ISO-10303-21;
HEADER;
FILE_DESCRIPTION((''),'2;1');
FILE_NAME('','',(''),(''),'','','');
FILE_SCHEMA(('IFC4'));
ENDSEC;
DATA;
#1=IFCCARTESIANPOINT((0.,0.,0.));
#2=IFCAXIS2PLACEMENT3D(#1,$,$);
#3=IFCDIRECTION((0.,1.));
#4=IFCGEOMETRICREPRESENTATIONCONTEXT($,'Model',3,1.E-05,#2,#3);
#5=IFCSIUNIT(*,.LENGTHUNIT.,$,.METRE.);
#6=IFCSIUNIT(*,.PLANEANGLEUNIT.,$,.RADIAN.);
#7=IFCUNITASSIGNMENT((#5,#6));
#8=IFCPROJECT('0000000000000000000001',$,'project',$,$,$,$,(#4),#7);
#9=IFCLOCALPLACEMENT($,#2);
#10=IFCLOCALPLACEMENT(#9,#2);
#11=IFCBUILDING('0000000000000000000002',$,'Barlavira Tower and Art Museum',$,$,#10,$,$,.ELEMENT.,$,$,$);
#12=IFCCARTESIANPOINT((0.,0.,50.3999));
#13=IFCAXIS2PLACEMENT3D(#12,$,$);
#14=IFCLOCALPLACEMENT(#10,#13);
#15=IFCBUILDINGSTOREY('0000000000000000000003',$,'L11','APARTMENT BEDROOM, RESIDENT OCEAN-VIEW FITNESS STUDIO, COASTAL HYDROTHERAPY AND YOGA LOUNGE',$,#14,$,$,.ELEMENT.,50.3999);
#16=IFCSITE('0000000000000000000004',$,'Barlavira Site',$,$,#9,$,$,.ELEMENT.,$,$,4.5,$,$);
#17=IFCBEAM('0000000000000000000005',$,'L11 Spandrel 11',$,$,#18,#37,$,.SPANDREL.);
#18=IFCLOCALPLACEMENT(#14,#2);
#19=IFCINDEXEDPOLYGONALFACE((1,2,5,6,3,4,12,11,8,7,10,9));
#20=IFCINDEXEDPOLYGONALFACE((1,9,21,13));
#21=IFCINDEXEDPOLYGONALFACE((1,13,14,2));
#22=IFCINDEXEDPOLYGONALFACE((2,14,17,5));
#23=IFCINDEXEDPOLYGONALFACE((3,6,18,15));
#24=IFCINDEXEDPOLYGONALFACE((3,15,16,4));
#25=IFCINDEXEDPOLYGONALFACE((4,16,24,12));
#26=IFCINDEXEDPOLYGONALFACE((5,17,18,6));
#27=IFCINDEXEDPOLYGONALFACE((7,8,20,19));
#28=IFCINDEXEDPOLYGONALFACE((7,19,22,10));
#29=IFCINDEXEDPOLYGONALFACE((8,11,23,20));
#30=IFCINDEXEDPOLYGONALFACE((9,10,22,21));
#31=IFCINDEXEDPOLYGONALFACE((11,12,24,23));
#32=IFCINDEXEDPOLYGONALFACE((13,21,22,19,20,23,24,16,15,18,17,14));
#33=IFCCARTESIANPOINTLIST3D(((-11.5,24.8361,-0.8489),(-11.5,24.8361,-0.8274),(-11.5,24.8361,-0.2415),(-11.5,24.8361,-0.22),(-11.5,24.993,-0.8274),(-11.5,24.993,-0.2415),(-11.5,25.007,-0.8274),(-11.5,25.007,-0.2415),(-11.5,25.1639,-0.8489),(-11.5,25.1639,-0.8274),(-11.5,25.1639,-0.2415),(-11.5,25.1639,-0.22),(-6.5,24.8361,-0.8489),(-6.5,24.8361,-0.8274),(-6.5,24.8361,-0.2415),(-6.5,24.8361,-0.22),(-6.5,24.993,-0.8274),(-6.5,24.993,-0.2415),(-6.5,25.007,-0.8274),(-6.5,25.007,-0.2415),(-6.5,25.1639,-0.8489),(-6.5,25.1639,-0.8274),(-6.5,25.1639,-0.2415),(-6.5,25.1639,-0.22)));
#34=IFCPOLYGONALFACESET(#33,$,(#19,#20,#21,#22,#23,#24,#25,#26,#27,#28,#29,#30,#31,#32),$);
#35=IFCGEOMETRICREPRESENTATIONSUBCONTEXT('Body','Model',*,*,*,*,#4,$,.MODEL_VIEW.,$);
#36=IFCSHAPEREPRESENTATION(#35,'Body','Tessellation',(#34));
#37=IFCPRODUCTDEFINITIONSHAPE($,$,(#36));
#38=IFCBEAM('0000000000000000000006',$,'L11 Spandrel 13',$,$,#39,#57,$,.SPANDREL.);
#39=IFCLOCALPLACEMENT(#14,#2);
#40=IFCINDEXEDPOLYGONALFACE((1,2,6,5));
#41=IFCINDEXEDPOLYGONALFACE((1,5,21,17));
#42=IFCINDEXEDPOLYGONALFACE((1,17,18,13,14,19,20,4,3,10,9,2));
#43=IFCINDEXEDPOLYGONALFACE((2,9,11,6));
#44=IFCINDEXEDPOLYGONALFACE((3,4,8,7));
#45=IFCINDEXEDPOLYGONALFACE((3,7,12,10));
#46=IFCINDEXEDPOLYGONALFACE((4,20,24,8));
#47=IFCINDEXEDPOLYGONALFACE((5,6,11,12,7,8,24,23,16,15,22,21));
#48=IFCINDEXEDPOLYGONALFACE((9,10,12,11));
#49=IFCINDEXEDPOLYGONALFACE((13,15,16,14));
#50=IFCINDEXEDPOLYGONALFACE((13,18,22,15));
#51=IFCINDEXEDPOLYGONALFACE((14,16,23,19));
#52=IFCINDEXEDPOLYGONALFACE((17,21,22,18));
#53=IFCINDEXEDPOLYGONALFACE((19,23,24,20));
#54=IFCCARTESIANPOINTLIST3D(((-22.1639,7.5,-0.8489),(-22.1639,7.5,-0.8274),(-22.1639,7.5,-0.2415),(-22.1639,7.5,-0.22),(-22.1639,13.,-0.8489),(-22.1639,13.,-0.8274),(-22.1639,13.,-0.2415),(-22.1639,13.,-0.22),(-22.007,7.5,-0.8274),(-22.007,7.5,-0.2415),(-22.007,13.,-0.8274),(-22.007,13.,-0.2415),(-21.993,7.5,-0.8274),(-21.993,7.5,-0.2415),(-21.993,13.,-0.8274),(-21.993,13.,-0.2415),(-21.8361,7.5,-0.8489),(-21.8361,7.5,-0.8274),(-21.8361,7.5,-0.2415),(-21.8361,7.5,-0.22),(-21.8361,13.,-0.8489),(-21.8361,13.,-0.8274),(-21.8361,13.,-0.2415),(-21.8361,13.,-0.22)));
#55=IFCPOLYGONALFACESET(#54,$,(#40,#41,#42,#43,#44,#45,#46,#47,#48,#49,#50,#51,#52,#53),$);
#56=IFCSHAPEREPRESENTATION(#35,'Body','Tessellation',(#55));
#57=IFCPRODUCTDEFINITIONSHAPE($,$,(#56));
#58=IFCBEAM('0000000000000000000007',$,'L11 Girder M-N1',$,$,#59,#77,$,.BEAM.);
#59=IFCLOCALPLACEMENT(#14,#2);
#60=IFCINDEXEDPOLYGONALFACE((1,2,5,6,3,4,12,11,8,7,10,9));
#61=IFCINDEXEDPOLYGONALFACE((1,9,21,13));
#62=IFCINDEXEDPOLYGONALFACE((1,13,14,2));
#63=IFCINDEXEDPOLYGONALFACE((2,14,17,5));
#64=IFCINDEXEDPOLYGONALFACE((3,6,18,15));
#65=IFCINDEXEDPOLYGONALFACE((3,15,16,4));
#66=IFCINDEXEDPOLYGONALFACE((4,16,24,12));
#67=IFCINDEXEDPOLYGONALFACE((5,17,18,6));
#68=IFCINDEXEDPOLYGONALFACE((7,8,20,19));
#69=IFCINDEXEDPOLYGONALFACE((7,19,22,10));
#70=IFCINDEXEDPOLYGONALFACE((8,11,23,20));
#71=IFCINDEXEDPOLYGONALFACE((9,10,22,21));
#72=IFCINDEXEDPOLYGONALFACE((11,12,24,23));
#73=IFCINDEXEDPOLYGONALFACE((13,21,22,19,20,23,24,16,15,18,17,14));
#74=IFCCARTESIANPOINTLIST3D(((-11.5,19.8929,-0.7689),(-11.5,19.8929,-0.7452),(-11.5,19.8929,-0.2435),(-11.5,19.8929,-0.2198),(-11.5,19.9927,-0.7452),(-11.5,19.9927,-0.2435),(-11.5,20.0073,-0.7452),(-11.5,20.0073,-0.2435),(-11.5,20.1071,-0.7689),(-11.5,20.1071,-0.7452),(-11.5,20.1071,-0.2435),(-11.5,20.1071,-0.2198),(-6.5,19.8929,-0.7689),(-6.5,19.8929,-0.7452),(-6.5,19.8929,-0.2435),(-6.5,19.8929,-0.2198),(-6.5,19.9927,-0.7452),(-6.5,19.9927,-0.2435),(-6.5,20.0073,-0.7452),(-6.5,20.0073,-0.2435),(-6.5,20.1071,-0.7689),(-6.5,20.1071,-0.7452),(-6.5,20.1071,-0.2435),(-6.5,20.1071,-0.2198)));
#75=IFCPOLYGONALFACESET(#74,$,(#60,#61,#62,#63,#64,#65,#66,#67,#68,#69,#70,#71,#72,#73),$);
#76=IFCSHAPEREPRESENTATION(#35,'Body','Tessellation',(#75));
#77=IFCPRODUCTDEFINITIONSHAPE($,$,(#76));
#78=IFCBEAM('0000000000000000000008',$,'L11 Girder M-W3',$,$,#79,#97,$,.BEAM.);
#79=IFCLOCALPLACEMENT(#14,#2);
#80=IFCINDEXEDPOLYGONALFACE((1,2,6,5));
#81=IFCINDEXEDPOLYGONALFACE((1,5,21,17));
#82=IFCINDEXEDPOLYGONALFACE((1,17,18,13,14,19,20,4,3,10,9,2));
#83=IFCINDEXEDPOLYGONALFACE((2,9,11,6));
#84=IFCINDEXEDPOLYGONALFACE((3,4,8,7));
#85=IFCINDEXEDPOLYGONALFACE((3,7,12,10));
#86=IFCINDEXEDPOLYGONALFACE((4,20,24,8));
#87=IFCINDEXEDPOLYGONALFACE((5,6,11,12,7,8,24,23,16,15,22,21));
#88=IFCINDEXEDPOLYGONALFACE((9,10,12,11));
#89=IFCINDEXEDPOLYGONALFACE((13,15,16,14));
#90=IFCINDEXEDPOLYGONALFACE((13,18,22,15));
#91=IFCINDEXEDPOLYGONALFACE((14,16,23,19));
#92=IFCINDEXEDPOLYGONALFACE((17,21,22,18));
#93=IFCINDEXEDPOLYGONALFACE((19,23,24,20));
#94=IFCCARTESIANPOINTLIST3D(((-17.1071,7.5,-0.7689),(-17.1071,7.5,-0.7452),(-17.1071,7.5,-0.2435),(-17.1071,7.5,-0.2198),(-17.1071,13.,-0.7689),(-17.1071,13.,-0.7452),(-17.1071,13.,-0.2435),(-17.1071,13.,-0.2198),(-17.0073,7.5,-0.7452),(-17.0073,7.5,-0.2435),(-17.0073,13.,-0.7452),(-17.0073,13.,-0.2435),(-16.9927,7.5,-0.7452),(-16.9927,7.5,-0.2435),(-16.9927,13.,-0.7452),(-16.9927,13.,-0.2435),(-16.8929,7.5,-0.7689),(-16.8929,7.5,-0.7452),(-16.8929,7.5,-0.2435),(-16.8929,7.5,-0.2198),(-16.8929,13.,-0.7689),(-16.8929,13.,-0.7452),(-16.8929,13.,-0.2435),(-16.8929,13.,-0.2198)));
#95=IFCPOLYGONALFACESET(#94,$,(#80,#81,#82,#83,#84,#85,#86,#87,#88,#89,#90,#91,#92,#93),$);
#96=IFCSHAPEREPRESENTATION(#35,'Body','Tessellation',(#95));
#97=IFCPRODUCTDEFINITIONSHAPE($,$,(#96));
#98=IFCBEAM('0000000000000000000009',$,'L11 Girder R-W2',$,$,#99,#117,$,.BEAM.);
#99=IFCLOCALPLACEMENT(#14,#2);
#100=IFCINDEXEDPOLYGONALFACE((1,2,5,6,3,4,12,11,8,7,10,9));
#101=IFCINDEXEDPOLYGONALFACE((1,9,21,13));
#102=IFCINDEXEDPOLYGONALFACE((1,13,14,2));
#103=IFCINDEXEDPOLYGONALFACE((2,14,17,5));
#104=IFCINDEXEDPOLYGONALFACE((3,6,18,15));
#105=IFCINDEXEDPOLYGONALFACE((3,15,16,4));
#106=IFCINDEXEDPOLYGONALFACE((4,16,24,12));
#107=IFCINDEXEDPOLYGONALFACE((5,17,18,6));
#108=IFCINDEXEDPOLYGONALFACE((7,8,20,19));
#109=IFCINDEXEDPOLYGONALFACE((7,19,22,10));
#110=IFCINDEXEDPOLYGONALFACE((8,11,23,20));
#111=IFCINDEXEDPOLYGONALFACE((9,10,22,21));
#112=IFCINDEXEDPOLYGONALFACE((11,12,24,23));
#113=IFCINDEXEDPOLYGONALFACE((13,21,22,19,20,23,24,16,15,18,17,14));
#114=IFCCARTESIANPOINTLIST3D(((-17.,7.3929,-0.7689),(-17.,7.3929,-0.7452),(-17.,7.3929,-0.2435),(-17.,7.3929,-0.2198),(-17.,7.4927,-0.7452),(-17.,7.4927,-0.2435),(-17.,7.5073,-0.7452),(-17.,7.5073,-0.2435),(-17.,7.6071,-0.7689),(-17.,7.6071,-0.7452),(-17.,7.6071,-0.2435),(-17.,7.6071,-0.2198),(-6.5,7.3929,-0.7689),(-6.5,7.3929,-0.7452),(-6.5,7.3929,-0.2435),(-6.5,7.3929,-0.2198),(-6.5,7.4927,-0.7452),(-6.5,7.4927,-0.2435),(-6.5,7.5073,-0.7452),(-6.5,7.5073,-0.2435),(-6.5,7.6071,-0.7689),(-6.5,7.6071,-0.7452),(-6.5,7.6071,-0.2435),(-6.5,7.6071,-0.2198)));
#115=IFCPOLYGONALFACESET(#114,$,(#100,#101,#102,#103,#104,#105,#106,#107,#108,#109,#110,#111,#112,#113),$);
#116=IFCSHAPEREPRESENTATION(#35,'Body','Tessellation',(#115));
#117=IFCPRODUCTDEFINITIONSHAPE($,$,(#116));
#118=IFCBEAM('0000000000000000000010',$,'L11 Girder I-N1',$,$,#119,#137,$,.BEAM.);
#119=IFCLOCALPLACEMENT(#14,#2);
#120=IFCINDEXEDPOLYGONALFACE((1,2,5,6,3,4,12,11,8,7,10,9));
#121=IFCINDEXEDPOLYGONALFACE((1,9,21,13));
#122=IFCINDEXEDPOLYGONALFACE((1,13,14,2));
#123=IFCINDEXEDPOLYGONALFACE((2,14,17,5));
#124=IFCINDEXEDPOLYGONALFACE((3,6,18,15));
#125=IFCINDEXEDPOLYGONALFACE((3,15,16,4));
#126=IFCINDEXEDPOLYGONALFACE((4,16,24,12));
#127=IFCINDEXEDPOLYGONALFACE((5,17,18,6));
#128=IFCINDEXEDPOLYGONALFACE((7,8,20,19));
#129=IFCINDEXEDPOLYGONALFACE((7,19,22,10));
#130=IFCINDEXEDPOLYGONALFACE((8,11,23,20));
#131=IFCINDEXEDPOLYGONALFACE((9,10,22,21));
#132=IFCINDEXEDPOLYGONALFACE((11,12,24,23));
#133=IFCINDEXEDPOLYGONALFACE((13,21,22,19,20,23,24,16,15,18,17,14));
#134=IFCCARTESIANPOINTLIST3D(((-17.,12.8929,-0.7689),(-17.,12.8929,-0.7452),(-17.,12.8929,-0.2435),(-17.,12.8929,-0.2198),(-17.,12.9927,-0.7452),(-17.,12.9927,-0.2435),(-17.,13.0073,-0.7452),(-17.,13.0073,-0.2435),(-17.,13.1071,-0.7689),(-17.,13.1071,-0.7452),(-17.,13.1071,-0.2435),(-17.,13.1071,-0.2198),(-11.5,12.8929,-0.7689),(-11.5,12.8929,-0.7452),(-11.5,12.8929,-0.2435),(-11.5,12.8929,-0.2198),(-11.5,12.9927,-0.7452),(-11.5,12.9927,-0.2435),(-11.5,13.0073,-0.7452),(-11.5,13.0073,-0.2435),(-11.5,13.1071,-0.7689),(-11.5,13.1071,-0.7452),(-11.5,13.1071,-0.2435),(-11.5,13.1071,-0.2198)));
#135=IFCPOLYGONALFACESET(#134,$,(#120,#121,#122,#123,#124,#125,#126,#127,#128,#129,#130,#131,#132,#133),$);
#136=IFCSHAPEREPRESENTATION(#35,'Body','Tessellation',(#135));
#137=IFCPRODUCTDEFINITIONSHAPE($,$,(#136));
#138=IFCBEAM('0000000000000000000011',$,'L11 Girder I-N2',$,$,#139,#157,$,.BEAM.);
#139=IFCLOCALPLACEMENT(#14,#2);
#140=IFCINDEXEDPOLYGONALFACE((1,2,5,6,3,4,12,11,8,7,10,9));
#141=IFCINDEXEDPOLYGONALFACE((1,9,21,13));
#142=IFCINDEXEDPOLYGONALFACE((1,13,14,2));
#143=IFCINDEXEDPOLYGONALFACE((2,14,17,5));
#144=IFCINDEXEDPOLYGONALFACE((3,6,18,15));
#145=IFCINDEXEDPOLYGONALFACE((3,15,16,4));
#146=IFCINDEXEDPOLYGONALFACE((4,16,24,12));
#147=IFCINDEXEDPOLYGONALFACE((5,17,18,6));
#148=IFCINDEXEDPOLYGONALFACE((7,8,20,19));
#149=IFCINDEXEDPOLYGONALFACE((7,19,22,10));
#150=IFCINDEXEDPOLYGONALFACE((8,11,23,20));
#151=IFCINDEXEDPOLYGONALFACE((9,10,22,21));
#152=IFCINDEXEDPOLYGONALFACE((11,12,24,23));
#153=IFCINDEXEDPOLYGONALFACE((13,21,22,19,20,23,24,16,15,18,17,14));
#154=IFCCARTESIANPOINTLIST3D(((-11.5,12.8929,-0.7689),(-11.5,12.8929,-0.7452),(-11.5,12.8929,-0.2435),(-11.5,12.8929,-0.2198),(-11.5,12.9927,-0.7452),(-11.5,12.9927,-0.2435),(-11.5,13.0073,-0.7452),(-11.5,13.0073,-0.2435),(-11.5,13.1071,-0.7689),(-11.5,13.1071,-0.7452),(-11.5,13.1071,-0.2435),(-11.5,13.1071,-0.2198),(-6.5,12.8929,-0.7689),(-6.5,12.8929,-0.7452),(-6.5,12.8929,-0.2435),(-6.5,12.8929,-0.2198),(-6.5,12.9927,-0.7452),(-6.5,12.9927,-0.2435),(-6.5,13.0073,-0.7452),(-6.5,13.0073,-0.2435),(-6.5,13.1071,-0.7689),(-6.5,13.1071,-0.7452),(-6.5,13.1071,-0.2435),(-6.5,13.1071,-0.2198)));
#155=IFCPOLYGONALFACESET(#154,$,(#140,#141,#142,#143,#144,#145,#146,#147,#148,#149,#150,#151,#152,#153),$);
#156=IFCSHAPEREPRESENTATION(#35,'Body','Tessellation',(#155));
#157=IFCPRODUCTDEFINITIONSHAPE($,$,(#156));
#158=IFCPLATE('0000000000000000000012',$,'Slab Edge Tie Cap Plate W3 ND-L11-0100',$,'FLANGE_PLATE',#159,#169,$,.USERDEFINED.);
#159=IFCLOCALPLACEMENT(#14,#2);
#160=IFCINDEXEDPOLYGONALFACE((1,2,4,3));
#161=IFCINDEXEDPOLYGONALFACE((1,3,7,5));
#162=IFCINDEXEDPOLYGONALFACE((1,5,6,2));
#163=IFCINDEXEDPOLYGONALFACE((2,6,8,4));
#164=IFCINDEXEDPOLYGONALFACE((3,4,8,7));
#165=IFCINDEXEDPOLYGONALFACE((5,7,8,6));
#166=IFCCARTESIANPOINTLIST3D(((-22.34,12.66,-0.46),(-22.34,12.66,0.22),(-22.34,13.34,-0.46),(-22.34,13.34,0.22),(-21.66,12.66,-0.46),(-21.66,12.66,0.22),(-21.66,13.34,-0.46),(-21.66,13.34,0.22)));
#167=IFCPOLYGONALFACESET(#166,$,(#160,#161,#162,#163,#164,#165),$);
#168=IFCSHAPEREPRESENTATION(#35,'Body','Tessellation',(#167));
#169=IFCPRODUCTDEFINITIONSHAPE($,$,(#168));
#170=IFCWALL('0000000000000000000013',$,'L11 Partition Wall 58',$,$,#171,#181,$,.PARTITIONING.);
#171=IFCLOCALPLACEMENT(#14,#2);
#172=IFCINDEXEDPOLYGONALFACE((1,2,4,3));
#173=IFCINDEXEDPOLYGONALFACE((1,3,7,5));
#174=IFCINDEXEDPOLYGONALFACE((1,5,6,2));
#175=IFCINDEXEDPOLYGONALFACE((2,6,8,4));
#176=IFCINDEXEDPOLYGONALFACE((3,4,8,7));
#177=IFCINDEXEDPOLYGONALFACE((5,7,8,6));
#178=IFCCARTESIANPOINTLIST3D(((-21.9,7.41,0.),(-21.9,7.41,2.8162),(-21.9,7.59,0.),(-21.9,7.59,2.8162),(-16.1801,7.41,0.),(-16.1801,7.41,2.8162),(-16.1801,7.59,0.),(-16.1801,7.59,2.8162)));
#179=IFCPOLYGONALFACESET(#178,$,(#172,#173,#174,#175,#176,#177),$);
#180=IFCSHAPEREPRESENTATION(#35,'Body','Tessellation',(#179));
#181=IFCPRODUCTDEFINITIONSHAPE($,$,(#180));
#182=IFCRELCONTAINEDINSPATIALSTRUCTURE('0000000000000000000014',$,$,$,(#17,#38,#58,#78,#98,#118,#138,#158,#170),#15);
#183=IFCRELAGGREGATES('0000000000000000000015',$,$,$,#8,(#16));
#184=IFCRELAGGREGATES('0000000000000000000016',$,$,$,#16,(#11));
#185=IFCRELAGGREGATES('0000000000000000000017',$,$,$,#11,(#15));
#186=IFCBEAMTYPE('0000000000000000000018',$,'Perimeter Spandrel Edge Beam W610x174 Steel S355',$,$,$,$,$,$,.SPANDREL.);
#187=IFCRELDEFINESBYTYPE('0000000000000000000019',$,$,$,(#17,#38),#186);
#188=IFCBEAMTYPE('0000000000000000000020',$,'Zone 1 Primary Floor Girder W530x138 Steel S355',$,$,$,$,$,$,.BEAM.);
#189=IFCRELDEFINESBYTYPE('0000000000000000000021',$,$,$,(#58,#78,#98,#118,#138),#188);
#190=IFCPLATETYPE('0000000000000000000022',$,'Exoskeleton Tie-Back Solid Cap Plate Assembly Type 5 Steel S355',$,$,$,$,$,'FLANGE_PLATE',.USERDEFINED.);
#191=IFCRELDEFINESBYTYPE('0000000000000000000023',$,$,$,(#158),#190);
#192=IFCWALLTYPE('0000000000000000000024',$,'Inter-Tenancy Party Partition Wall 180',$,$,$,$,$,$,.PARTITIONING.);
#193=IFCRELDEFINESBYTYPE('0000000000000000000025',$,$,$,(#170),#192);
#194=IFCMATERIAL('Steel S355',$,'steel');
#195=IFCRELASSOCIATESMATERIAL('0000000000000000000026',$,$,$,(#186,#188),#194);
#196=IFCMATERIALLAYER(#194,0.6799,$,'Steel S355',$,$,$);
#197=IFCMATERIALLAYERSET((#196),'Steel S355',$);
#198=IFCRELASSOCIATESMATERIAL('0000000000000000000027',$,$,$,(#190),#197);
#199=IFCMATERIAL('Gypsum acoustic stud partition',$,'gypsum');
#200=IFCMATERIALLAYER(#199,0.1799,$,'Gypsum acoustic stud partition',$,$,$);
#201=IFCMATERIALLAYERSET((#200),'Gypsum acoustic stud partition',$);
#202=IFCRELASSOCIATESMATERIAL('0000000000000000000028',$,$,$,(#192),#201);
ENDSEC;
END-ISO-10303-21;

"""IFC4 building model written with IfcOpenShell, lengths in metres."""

from ifc_helpers import new_model, si_unit, direction, frame, frame_2d, origin, origin_2d, place, context, subcontext, project, spatial, rectangle, i_section, extrude, material, layer, layer_set, material_profile, profile_set, type_object, element, save


model = new_model("IFC4")

# Units and contexts
model_context = context("Model", 3, precision=1e-05, world=origin(), true_north=direction((0.0, 1.0)))
body_context = subcontext(model_context, "Body", "Model", "MODEL_VIEW")
ifc_project = project(units=[si_unit("LENGTHUNIT", "METRE"), si_unit("PLANEANGLEUNIT", "RADIAN")], contexts=[model_context])

# Site, building, storey
site_placement = place(None, origin())
site = spatial("IfcSite", under=ifc_project, at=site_placement, Name="Barlavira Site", CompositionType="ELEMENT", RefElevation=4.5)
building_placement = place(site_placement, origin())
building = spatial("IfcBuilding", under=site, at=building_placement, Name="Barlavira Tower and Art Museum", CompositionType="ELEMENT")
storey_placement = place(building_placement, frame((0.0, 0.0, 50.3999)))
storey = spatial("IfcBuildingStorey", under=building, at=storey_placement, Name="L11", Description="APARTMENT BEDROOM, RESIDENT OCEAN-VIEW FITNESS STUDIO, COASTAL HYDROTHERAPY AND YOGA LOUNGE", CompositionType="ELEMENT", Elevation=50.3999)

# Shared definitions
ifc_material_1 = material(Name="Steel S355", Category="steel")

# Beams
ifc_material_profile_1 = material_profile(ifc_material_1, i_section(OverallWidth=0.3279, OverallDepth=0.6289, WebThickness=0.0139, FlangeThickness=0.0215, at=origin_2d()), Name="W610x174.0")
ifc_profile_set_1 = profile_set([ifc_material_profile_1], Name="Steel S355")
beam_type_1 = type_object("IfcBeamType", Name="Perimeter Spandrel Edge Beam W610x174 Steel S355", PredefinedType="SPANDREL", material=ifc_profile_set_1)
beam_1_placement = place(storey_placement, frame((-11.5, 25.0, -0.5344), z_axis=(1.0, 0.0, 0.0), x_axis=(0.0, 1.0, 0.0)))
element("IfcBeam", 1, at=beam_1_placement, inside=storey, type_object=beam_type_1, Name="L11 Spandrel 11", PredefinedType="SPANDREL", context=body_context, shape_type="SweptSolid", body=[
    extrude(i_section(OverallWidth=0.3279, OverallDepth=0.6289, WebThickness=0.0139, FlangeThickness=0.0215, at=origin_2d()), origin(), (0.0, 0.0, 1.0), 5.0),
])
beam_2_placement = place(storey_placement, frame((-22.0, 7.5, -0.5344), z_axis=(0.0, 1.0, 0.0), x_axis=(-1.0, 0.0, 0.0)))
element("IfcBeam", 2, at=beam_2_placement, inside=storey, type_object=beam_type_1, Name="L11 Spandrel 13", PredefinedType="SPANDREL", context=body_context, shape_type="SweptSolid", body=[
    extrude(i_section(OverallWidth=0.3279, OverallDepth=0.6289, WebThickness=0.0139, FlangeThickness=0.0215, at=origin_2d()), origin(), (0.0, 0.0, 1.0), 5.5),
])
ifc_material_profile_2 = material_profile(ifc_material_1, i_section(OverallWidth=0.2141, OverallDepth=0.5491, WebThickness=0.0146, FlangeThickness=0.0237, at=origin_2d()), Name="W530x138.0")
ifc_profile_set_2 = profile_set([ifc_material_profile_2], Name="Steel S355")
beam_type_2 = type_object("IfcBeamType", Name="Zone 1 Primary Floor Girder W530x138 Steel S355", PredefinedType="BEAM", material=ifc_profile_set_2)
beam_3_placement = place(storey_placement, frame((-11.5, 20.0, -0.4944), z_axis=(1.0, 0.0, 0.0), x_axis=(0.0, 1.0, 0.0)))
element("IfcBeam", 3, at=beam_3_placement, inside=storey, type_object=beam_type_2, Name="L11 Girder M-N1", PredefinedType="BEAM", context=body_context, shape_type="SweptSolid", body=[
    extrude(i_section(OverallWidth=0.2141, OverallDepth=0.5491, WebThickness=0.0146, FlangeThickness=0.0237, at=origin_2d()), origin(), (0.0, 0.0, 1.0), 5.0),
])
beam_4_placement = place(storey_placement, frame((-17.0, 7.5, -0.4944), z_axis=(0.0, 1.0, 0.0), x_axis=(-1.0, 0.0, 0.0)))
element("IfcBeam", 4, at=beam_4_placement, inside=storey, type_object=beam_type_2, Name="L11 Girder M-W3", PredefinedType="BEAM", context=body_context, shape_type="SweptSolid", body=[
    extrude(i_section(OverallWidth=0.2141, OverallDepth=0.5491, WebThickness=0.0146, FlangeThickness=0.0237, at=origin_2d()), origin(), (0.0, 0.0, 1.0), 5.5),
])
beam_5_placement = place(storey_placement, frame((-17.0, 7.5, -0.4944), z_axis=(1.0, 0.0, 0.0), x_axis=(0.0, 1.0, 0.0)))
element("IfcBeam", 5, at=beam_5_placement, inside=storey, type_object=beam_type_2, Name="L11 Girder R-W2", PredefinedType="BEAM", context=body_context, shape_type="SweptSolid", body=[
    extrude(i_section(OverallWidth=0.2141, OverallDepth=0.5491, WebThickness=0.0146, FlangeThickness=0.0237, at=origin_2d()), origin(), (0.0, 0.0, 1.0), 10.5),
])
beam_6_placement = place(storey_placement, frame((-17.0, 13.0, -0.4944), z_axis=(1.0, 0.0, 0.0), x_axis=(0.0, 1.0, 0.0)))
element("IfcBeam", 6, at=beam_6_placement, inside=storey, type_object=beam_type_2, Name="L11 Girder I-N1", PredefinedType="BEAM", context=body_context, shape_type="SweptSolid", body=[
    extrude(i_section(OverallWidth=0.2141, OverallDepth=0.5491, WebThickness=0.0146, FlangeThickness=0.0237, at=origin_2d()), origin(), (0.0, 0.0, 1.0), 5.5),
])
beam_7_placement = place(storey_placement, frame((-11.5, 13.0, -0.4944), z_axis=(1.0, 0.0, 0.0), x_axis=(0.0, 1.0, 0.0)))
element("IfcBeam", 7, at=beam_7_placement, inside=storey, type_object=beam_type_2, Name="L11 Girder I-N2", PredefinedType="BEAM", context=body_context, shape_type="SweptSolid", body=[
    extrude(i_section(OverallWidth=0.2141, OverallDepth=0.5491, WebThickness=0.0146, FlangeThickness=0.0237, at=origin_2d()), origin(), (0.0, 0.0, 1.0), 5.0),
])

# Plate
ifc_layer_1 = layer(ifc_material_1, 0.6799, Name="Steel S355")
ifc_layer_set_1 = layer_set([ifc_layer_1], Name="Steel S355")
plate_type = type_object("IfcPlateType", Name="Exoskeleton Tie-Back Solid Cap Plate Assembly Type 5 Steel S355", ElementType="FLANGE_PLATE", PredefinedType="USERDEFINED", material=ifc_layer_set_1)
plate_placement = place(storey_placement, frame((-22.0, 13.0, -0.46), z_axis=(0.0, 0.0, 1.0), x_axis=(1.0, 0.0, 0.0)))
element("IfcPlate", 8, at=plate_placement, inside=storey, type_object=plate_type, Name="Slab Edge Tie Cap Plate W3 ND-L11-0100", ObjectType="FLANGE_PLATE", PredefinedType="USERDEFINED", context=body_context, shape_type="SweptSolid", body=[
    extrude(rectangle(XDim=0.6799, YDim=0.6799, at=origin_2d()), origin(), (0.0, 0.0, 1.0), 0.6799),
])

# Wall
ifc_material_2 = material(Name="Gypsum acoustic stud partition", Category="gypsum")
ifc_layer_2 = layer(ifc_material_2, 0.1799, Name="Gypsum acoustic stud partition")
ifc_layer_set_2 = layer_set([ifc_layer_2], Name="Gypsum acoustic stud partition")
wall_type_1 = type_object("IfcWallType", Name="Inter-Tenancy Party Partition Wall 180", PredefinedType="PARTITIONING", material=ifc_layer_set_2)
wall_1_placement = place(storey_placement, frame((-21.8999, 7.5, 0.0), z_axis=(0.0, 0.0, 1.0), x_axis=(1.0, 0.0, 0.0)))
element("IfcWall", 9, at=wall_1_placement, inside=storey, type_object=wall_type_1, Name="L11 Partition Wall 58", PredefinedType="PARTITIONING", context=body_context, shape_type="SweptSolid", body=[
    extrude(rectangle(XDim=5.72, YDim=0.1799, at=frame_2d((2.8599, 0.0))), origin(), (0.0, 0.0, 1.0), 2.8162),
])

save(model, "model.ifc")
